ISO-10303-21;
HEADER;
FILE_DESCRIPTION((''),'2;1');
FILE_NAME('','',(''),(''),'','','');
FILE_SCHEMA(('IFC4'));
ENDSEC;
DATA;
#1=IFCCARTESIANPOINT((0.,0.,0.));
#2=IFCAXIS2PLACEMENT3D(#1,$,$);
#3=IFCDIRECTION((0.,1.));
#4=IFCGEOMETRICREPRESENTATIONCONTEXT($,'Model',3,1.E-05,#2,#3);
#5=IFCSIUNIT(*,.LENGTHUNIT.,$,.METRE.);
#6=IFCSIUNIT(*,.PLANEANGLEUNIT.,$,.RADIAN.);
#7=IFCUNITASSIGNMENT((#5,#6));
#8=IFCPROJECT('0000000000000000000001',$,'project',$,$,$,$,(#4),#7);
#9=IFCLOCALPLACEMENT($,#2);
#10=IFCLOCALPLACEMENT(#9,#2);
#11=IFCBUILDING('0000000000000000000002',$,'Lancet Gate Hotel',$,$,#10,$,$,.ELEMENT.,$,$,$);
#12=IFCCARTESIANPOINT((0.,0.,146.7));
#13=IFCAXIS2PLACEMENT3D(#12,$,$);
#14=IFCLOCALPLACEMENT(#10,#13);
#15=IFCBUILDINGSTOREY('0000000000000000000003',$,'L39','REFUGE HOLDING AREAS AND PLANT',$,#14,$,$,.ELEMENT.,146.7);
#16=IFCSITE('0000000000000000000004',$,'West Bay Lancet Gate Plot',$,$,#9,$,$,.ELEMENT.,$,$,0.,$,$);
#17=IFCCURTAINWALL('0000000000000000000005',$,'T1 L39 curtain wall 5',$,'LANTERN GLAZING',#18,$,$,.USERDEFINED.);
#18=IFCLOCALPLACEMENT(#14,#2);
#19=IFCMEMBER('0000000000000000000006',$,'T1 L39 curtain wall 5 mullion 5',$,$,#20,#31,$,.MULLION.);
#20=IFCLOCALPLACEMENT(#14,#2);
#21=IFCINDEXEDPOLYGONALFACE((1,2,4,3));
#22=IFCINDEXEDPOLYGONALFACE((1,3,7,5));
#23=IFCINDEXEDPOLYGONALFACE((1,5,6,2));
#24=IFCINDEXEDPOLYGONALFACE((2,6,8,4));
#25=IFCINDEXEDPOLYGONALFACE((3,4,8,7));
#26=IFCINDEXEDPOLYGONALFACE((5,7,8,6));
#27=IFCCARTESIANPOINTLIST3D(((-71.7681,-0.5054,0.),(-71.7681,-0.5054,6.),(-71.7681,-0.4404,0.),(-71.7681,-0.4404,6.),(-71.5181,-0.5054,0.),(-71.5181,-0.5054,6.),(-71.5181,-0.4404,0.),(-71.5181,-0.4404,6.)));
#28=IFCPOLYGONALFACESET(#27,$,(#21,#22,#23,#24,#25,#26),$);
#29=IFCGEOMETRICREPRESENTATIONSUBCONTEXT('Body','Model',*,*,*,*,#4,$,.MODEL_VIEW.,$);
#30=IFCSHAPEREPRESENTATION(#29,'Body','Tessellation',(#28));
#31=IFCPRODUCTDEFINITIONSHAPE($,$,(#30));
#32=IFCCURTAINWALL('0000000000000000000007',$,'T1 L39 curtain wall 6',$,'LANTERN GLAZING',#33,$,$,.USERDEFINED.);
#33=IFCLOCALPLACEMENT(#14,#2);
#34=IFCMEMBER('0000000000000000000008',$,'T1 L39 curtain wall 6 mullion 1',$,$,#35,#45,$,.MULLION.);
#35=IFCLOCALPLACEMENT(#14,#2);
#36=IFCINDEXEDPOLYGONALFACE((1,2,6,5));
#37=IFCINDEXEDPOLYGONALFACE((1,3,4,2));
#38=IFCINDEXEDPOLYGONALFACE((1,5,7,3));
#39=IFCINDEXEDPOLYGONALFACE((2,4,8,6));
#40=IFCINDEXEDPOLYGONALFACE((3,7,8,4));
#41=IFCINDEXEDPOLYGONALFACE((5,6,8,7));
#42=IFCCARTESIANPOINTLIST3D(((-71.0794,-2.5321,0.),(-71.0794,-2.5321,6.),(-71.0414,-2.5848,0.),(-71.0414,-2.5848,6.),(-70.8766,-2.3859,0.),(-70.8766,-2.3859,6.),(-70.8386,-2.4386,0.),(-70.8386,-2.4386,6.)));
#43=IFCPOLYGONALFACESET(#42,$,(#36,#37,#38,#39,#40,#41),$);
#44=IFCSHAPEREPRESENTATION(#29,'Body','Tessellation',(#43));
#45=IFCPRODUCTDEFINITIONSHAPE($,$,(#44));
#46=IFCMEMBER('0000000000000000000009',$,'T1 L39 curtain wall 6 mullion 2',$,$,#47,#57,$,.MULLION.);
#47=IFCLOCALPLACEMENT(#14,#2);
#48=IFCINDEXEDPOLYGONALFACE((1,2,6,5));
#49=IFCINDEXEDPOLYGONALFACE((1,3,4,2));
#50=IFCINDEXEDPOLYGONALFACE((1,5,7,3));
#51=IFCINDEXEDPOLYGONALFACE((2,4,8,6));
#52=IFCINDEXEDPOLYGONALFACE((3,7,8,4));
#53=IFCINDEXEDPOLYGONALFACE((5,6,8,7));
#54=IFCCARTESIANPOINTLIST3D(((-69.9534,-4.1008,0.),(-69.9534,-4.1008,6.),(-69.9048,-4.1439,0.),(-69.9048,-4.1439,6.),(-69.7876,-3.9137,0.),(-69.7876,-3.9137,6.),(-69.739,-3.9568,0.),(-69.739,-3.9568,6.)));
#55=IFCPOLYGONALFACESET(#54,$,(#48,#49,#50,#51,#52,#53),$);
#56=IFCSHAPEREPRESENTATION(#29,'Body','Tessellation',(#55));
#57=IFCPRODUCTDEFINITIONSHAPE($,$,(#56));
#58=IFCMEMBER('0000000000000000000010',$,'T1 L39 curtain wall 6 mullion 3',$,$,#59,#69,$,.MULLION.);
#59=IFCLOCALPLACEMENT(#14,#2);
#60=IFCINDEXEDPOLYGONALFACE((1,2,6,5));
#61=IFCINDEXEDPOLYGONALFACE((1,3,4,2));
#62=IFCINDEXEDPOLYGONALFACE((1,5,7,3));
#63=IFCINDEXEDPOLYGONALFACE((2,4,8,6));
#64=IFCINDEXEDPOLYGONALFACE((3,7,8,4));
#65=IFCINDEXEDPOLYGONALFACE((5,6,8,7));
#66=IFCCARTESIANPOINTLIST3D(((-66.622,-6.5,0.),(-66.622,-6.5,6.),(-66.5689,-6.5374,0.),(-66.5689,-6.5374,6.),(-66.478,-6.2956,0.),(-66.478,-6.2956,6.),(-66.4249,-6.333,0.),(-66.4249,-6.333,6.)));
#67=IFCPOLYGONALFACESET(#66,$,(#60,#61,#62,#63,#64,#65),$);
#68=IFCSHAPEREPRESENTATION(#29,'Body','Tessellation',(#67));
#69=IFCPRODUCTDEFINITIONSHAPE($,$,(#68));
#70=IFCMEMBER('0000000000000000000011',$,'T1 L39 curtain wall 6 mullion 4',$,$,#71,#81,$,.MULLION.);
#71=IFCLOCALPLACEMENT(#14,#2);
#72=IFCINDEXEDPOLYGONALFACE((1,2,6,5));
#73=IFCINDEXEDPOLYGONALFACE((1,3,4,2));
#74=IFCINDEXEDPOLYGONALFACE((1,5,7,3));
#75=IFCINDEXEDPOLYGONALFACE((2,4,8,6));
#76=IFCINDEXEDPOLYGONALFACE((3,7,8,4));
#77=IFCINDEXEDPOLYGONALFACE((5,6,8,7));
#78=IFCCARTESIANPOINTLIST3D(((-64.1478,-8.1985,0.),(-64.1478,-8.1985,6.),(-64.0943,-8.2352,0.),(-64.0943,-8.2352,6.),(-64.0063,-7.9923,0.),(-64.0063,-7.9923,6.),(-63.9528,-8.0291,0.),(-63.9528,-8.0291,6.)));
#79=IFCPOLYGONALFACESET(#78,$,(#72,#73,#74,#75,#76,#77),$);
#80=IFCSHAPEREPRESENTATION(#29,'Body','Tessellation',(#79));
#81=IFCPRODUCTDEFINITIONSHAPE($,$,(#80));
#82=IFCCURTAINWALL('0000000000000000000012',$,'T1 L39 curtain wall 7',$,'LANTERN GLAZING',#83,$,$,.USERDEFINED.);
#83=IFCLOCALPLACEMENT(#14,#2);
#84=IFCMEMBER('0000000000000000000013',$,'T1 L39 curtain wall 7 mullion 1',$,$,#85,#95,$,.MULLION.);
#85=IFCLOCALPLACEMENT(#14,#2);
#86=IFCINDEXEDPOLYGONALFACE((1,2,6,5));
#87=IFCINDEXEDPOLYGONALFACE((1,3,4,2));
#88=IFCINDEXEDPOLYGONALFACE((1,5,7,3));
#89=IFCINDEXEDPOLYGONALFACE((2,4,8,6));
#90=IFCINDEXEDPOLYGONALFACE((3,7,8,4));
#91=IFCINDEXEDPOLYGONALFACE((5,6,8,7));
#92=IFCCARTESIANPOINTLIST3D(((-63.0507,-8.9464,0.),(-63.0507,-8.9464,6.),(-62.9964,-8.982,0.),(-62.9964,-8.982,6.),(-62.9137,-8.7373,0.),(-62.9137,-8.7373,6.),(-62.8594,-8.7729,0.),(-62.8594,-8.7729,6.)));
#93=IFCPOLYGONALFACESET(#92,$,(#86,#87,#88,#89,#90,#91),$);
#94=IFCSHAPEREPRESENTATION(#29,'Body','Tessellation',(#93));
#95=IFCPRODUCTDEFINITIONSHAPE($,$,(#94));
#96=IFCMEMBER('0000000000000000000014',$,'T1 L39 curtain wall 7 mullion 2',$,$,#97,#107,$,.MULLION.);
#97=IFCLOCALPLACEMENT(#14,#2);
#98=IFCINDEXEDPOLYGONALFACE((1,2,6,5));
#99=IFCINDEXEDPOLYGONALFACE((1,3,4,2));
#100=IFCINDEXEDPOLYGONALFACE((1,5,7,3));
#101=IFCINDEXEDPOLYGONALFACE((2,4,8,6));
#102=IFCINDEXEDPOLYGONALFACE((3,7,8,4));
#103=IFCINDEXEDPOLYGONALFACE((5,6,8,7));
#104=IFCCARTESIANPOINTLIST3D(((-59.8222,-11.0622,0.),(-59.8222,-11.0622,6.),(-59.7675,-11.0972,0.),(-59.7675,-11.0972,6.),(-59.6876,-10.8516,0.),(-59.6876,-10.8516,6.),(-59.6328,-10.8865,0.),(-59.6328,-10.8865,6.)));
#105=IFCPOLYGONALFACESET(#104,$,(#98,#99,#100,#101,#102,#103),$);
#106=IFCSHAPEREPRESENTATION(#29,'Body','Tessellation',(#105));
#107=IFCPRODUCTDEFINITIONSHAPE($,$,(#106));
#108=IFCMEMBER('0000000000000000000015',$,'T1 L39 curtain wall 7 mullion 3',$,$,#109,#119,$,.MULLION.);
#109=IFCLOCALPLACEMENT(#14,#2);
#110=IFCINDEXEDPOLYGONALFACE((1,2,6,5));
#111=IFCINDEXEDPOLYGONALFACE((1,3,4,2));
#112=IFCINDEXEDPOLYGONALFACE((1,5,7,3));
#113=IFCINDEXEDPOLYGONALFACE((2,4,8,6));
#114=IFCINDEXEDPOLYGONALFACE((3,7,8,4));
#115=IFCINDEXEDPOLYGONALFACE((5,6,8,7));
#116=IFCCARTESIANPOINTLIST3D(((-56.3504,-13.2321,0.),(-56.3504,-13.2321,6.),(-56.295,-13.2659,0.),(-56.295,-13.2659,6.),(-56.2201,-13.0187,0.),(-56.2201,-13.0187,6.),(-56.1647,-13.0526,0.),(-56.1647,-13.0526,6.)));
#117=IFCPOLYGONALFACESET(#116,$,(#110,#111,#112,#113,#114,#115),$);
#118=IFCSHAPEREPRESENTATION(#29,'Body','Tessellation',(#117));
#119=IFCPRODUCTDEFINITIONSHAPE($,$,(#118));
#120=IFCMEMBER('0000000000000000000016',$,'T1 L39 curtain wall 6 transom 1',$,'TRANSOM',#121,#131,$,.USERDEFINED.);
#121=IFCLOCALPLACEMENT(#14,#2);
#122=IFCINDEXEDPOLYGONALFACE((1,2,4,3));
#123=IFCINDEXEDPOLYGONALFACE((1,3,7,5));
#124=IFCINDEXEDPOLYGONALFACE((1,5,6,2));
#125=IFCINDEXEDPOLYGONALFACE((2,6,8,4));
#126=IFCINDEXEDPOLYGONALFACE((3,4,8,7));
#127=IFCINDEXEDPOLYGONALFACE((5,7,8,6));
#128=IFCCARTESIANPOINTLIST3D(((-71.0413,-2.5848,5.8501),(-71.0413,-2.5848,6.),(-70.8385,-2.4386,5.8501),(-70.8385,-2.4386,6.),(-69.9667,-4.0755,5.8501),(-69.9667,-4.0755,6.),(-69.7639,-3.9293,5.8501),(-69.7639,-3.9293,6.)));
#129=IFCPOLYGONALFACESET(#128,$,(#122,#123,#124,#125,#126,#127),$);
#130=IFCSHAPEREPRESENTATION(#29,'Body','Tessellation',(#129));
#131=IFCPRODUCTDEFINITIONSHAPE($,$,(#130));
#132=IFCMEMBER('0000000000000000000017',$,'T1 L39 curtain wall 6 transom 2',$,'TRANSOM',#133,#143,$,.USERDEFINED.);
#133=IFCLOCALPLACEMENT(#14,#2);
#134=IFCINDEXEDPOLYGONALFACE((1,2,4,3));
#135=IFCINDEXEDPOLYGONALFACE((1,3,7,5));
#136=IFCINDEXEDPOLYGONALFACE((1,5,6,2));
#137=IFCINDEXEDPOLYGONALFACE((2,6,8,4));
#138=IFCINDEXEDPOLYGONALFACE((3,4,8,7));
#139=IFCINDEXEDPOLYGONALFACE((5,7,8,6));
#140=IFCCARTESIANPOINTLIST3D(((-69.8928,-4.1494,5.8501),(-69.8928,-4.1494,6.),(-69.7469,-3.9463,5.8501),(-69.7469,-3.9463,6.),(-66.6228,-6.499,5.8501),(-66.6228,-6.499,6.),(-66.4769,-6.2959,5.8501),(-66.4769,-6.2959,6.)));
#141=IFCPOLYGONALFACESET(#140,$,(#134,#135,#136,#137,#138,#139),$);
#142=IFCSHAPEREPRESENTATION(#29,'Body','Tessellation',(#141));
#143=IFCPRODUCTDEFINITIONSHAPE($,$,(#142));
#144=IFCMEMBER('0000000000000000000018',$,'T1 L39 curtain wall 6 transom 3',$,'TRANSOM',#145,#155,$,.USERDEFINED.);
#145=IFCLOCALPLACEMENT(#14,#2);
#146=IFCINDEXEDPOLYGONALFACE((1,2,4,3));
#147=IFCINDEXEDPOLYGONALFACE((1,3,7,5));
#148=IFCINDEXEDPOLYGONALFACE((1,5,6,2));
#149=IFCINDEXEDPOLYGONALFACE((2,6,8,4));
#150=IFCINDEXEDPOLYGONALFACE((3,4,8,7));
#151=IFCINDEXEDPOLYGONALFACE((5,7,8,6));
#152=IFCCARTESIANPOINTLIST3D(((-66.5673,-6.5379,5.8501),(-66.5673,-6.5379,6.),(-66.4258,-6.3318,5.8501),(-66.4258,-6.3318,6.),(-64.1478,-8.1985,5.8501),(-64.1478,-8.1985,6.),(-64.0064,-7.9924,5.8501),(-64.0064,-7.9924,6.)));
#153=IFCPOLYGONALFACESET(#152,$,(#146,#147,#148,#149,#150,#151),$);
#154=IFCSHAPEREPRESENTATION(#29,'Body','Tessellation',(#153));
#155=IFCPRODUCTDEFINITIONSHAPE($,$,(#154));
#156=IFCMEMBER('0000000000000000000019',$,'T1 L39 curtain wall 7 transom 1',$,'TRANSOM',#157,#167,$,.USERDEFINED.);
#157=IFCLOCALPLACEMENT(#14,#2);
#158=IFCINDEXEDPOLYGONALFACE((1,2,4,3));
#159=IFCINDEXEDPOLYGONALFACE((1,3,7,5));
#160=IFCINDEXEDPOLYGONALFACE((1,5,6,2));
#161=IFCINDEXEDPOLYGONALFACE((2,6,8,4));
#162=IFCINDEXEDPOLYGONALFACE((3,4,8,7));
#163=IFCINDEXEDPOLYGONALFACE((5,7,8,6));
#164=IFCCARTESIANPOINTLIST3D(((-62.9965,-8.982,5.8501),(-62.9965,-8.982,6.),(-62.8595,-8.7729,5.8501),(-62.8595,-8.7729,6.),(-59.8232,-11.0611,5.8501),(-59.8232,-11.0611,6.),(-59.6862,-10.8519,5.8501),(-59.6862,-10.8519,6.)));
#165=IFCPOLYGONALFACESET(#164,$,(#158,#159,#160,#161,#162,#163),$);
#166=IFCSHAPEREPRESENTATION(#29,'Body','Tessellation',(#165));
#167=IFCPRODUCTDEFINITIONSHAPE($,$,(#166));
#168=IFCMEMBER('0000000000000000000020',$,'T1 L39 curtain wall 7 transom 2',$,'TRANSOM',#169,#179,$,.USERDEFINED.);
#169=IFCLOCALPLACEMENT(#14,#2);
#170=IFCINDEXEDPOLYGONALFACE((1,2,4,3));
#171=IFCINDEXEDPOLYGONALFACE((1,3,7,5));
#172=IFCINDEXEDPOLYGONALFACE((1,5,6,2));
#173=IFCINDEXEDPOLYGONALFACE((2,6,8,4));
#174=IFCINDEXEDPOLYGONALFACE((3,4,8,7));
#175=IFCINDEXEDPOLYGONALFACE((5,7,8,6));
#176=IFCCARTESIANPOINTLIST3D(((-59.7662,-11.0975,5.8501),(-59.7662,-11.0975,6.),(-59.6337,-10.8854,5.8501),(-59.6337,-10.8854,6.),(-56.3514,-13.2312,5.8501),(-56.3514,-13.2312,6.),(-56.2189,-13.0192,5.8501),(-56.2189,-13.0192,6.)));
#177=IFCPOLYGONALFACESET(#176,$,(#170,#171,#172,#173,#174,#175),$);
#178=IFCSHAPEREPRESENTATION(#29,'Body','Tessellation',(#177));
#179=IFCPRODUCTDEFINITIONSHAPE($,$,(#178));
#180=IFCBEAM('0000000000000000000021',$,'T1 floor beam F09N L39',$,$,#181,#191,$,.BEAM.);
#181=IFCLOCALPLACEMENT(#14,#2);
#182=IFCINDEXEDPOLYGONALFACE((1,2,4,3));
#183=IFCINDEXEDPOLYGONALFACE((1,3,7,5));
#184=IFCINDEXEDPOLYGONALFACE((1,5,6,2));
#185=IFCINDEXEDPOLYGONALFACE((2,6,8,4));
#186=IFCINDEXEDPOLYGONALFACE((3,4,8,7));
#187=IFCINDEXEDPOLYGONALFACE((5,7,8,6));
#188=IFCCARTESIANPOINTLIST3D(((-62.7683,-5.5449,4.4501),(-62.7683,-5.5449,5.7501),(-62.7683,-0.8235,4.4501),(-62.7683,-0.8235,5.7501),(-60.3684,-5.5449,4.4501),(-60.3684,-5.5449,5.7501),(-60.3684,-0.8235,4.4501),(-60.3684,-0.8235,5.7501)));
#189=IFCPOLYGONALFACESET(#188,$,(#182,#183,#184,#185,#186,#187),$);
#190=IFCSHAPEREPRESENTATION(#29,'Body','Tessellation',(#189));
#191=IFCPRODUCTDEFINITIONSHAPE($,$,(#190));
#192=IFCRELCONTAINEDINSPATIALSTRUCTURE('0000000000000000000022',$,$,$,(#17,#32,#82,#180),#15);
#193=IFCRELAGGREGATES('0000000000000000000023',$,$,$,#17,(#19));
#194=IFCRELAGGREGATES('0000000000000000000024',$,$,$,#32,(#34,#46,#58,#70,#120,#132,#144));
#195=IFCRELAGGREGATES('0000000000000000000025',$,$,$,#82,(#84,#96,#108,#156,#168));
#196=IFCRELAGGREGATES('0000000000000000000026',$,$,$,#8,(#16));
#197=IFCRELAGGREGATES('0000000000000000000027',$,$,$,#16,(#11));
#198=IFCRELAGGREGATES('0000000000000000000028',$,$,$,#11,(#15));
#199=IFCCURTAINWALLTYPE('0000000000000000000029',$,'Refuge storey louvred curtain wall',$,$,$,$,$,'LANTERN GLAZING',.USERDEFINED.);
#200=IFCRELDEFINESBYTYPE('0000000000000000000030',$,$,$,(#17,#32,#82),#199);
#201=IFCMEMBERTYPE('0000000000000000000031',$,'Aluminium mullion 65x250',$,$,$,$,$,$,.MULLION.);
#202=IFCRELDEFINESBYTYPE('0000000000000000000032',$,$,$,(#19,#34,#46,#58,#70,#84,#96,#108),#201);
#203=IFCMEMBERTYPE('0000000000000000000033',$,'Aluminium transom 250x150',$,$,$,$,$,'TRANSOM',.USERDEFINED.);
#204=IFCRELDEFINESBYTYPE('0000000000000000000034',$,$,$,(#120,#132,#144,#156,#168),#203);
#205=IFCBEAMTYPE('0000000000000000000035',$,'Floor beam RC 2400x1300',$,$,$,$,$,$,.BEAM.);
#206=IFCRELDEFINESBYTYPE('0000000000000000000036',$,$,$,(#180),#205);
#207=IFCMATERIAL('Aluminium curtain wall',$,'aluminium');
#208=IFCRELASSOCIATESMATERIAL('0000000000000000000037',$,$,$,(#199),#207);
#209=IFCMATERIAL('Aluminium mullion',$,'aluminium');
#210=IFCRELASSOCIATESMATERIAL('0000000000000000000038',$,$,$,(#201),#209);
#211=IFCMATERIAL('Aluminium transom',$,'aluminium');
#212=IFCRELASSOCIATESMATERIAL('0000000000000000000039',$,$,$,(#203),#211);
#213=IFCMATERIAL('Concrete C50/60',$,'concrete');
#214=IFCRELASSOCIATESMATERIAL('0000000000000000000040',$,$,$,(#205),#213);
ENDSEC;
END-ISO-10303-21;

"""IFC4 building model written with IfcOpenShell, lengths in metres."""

from ifc_helpers import new_model, si_unit, direction, frame, origin, origin_2d, place, context, subcontext, project, spatial, rectangle, extrude, material, material_profile, profile_set, type_object, element, aggregate, save


model = new_model("IFC4")

# Units and contexts
model_context = context("Model", 3, precision=1e-05, world=origin(), true_north=direction((0.0, 1.0)))
body_context = subcontext(model_context, "Body", "Model", "MODEL_VIEW")
ifc_project = project(units=[si_unit("LENGTHUNIT", "METRE"), si_unit("PLANEANGLEUNIT", "RADIAN")], contexts=[model_context])

# Site, building, storey
site_placement = place(None, origin())
site = spatial("IfcSite", under=ifc_project, at=site_placement, Name="West Bay Lancet Gate Plot", CompositionType="ELEMENT", RefElevation=0.0)
building_placement = place(site_placement, origin())
building = spatial("IfcBuilding", under=site, at=building_placement, Name="Lancet Gate Hotel", CompositionType="ELEMENT")
storey_placement = place(building_placement, frame((0.0, 0.0, 146.7)))
storey = spatial("IfcBuildingStorey", under=building, at=storey_placement, Name="L39", Description="REFUGE HOLDING AREAS AND PLANT", CompositionType="ELEMENT", Elevation=146.7)

# Curtain wall, member
ifc_material_1 = material(Name="Aluminium curtain wall", Category="aluminium")
curtain_wall_type = type_object("IfcCurtainWallType", Name="Refuge storey louvred curtain wall", ElementType="LANTERN GLAZING", PredefinedType="USERDEFINED", material=ifc_material_1)
curtain_wall_1_placement = place(storey_placement, origin())
curtain_wall_1 = element("IfcCurtainWall", 1, at=curtain_wall_1_placement, inside=storey, type_object=curtain_wall_type, Name="T1 L39 curtain wall 5", ObjectType="LANTERN GLAZING", PredefinedType="USERDEFINED")
ifc_material_2 = material(Name="Aluminium mullion", Category="aluminium")
ifc_material_profile_1 = material_profile(ifc_material_2, rectangle(XDim=0.0649, YDim=0.25, at=origin_2d()), Name="MULLION 65x250")
ifc_profile_set_1 = profile_set([ifc_material_profile_1], Name="Aluminium mullion")
member_type_1 = type_object("IfcMemberType", Name="Aluminium mullion 65x250", PredefinedType="MULLION", material=ifc_profile_set_1)
member_1_placement = place(storey_placement, frame((-71.6431, -0.4729, 0.0), z_axis=(0.0, 0.0, 1.0), x_axis=(0.0, -1.0, 0.0)))
member_1 = element("IfcMember", 2, at=member_1_placement, type_object=member_type_1, Name="T1 L39 curtain wall 5 mullion 5", PredefinedType="MULLION", context=body_context, shape_type="SweptSolid", body=[
    extrude(rectangle(XDim=0.0649, YDim=0.25, at=origin_2d()), origin(), (0.0, 0.0, 1.0), 6.0),
])
aggregate(curtain_wall_1, [member_1])

# Curtain walls, members
curtain_wall_2_placement = place(storey_placement, origin())
curtain_wall_2 = element("IfcCurtainWall", 3, at=curtain_wall_2_placement, inside=storey, type_object=curtain_wall_type, Name="T1 L39 curtain wall 6", ObjectType="LANTERN GLAZING", PredefinedType="USERDEFINED")
member_2_placement = place(storey_placement, frame((-70.959, -2.4854, 0.0), z_axis=(0.0, 0.0, 1.0), x_axis=(0.584809, -0.811171, 0.0)))
member_2 = element("IfcMember", 4, at=member_2_placement, type_object=member_type_1, Name="T1 L39 curtain wall 6 mullion 1", PredefinedType="MULLION", context=body_context, shape_type="SweptSolid", body=[
    extrude(rectangle(XDim=0.0649, YDim=0.25, at=origin_2d()), origin(), (0.0, 0.0, 1.0), 6.0),
])
member_3_placement = place(storey_placement, frame((-69.8462, -4.0288, 0.0), z_axis=(0.0, 0.0, 1.0), x_axis=(0.748383, -0.663266, 0.0)))
member_3 = element("IfcMember", 5, at=member_3_placement, type_object=member_type_1, Name="T1 L39 curtain wall 6 mullion 2", PredefinedType="MULLION", context=body_context, shape_type="SweptSolid", body=[
    extrude(rectangle(XDim=0.0649, YDim=0.25, at=origin_2d()), origin(), (0.0, 0.0, 1.0), 6.0),
])
member_4_placement = place(storey_placement, frame((-66.5234, -6.4165, 0.0), z_axis=(0.0, 0.0, 1.0), x_axis=(0.817373, -0.576109, 0.0)))
member_4 = element("IfcMember", 6, at=member_4_placement, type_object=member_type_1, Name="T1 L39 curtain wall 6 mullion 3", PredefinedType="MULLION", context=body_context, shape_type="SweptSolid", body=[
    extrude(rectangle(XDim=0.0649, YDim=0.25, at=origin_2d()), origin(), (0.0, 0.0, 1.0), 6.0),
])
member_5_placement = place(storey_placement, frame((-64.0503, -8.1138, 0.0), z_axis=(0.0, 0.0, 1.0), x_axis=(0.824466, -0.565911, 0.0)))
member_5 = element("IfcMember", 7, at=member_5_placement, type_object=member_type_1, Name="T1 L39 curtain wall 6 mullion 4", PredefinedType="MULLION", context=body_context, shape_type="SweptSolid", body=[
    extrude(rectangle(XDim=0.0649, YDim=0.25, at=origin_2d()), origin(), (0.0, 0.0, 1.0), 6.0),
])
curtain_wall_3_placement = place(storey_placement, origin())
curtain_wall_3 = element("IfcCurtainWall", 8, at=curtain_wall_3_placement, inside=storey, type_object=curtain_wall_type, Name="T1 L39 curtain wall 7", ObjectType="LANTERN GLAZING", PredefinedType="USERDEFINED")
member_6_placement = place(storey_placement, frame((-62.9551, -8.8596, 0.0), z_axis=(0.0, 0.0, 1.0), x_axis=(0.836458, -0.548032, 0.0)))
member_6 = element("IfcMember", 9, at=member_6_placement, type_object=member_type_1, Name="T1 L39 curtain wall 7 mullion 1", PredefinedType="MULLION", context=body_context, shape_type="SweptSolid", body=[
    extrude(rectangle(XDim=0.0649, YDim=0.25, at=origin_2d()), origin(), (0.0, 0.0, 1.0), 6.0),
])
member_7_placement = place(storey_placement, frame((-59.7275, -10.9744, 0.0), z_axis=(0.0, 0.0, 1.0), x_axis=(0.842478, -0.538731, 0.0)))
member_7 = element("IfcMember", 10, at=member_7_placement, type_object=member_type_1, Name="T1 L39 curtain wall 7 mullion 2", PredefinedType="MULLION", context=body_context, shape_type="SweptSolid", body=[
    extrude(rectangle(XDim=0.0649, YDim=0.25, at=origin_2d()), origin(), (0.0, 0.0, 1.0), 6.0),
])
member_8_placement = place(storey_placement, frame((-56.2576, -13.1423, 0.0), z_axis=(0.0, 0.0, 1.0), x_axis=(0.853492, -0.521106, 0.0)))
member_8 = element("IfcMember", 11, at=member_8_placement, type_object=member_type_1, Name="T1 L39 curtain wall 7 mullion 3", PredefinedType="MULLION", context=body_context, shape_type="SweptSolid", body=[
    extrude(rectangle(XDim=0.0649, YDim=0.25, at=origin_2d()), origin(), (0.0, 0.0, 1.0), 6.0),
])

# Members
ifc_material_3 = material(Name="Aluminium transom", Category="aluminium")
ifc_material_profile_2 = material_profile(ifc_material_3, rectangle(XDim=0.25, YDim=0.1499, at=origin_2d()), Name="TRANSOM 250x150")
ifc_profile_set_2 = profile_set([ifc_material_profile_2], Name="Aluminium transom")
member_type_2 = type_object("IfcMemberType", Name="Aluminium transom 250x150", ElementType="TRANSOM", PredefinedType="USERDEFINED", material=ifc_profile_set_2)
member_9_placement = place(storey_placement, frame((-70.9399, -2.5117, 5.925), z_axis=(0.584802, -0.811176, 0.0), x_axis=(0.811176, 0.584802, 0.0)))
member_9 = element("IfcMember", 12, at=member_9_placement, type_object=member_type_2, Name="T1 L39 curtain wall 6 transom 1", ObjectType="TRANSOM", PredefinedType="USERDEFINED", context=body_context, shape_type="SweptSolid", body=[
    extrude(rectangle(XDim=0.25, YDim=0.1499, at=origin_2d()), origin(), (0.0, 0.0, 1.0), 1.8376),
])
member_10_placement = place(storey_placement, frame((-69.8198, -4.0479, 5.925), z_axis=(0.8121, -0.583519, 0.0), x_axis=(0.583519, 0.8121, 0.0)))
member_10 = element("IfcMember", 13, at=member_10_placement, type_object=member_type_2, Name="T1 L39 curtain wall 6 transom 2", ObjectType="TRANSOM", PredefinedType="USERDEFINED", context=body_context, shape_type="SweptSolid", body=[
    extrude(rectangle(XDim=0.25, YDim=0.1499, at=origin_2d()), origin(), (0.0, 0.0, 1.0), 4.0266),
])
member_11_placement = place(storey_placement, frame((-66.4966, -6.4348, 5.925), z_axis=(0.824474, -0.5659, 0.0), x_axis=(0.5659, 0.824474, 0.0)))
member_11 = element("IfcMember", 14, at=member_11_placement, type_object=member_type_2, Name="T1 L39 curtain wall 6 transom 3", ObjectType="TRANSOM", PredefinedType="USERDEFINED", context=body_context, shape_type="SweptSolid", body=[
    extrude(rectangle(XDim=0.25, YDim=0.1499, at=origin_2d()), origin(), (0.0, 0.0, 1.0), 2.9346),
])
member_12_placement = place(storey_placement, frame((-62.928, -8.8774, 5.925), z_axis=(0.836459, -0.548029, 0.0), x_axis=(0.548029, 0.836459, 0.0)))
member_12 = element("IfcMember", 15, at=member_12_placement, type_object=member_type_2, Name="T1 L39 curtain wall 7 transom 1", ObjectType="TRANSOM", PredefinedType="USERDEFINED", context=body_context, shape_type="SweptSolid", body=[
    extrude(rectangle(XDim=0.25, YDim=0.1499, at=origin_2d()), origin(), (0.0, 0.0, 1.0), 3.7937),
])
member_13_placement = place(storey_placement, frame((-59.7, -10.9915, 5.925), z_axis=(0.848049, -0.529917, 0.0), x_axis=(0.529917, 0.848049, 0.0)))
member_13 = element("IfcMember", 16, at=member_13_placement, type_object=member_type_2, Name="T1 L39 curtain wall 7 transom 2", ObjectType="TRANSOM", PredefinedType="USERDEFINED", context=body_context, shape_type="SweptSolid", body=[
    extrude(rectangle(XDim=0.25, YDim=0.1499, at=origin_2d()), origin(), (0.0, 0.0, 1.0), 4.0266),
])

# Beam
ifc_material_4 = material(Name="Concrete C50/60", Category="concrete")
ifc_material_profile_3 = material_profile(ifc_material_4, rectangle(XDim=2.3999, YDim=1.3, at=origin_2d()), Name="RC 2400x1300")
ifc_profile_set_3 = profile_set([ifc_material_profile_3], Name="Concrete C50/60")
beam_type_1 = type_object("IfcBeamType", Name="Floor beam RC 2400x1300", PredefinedType="BEAM", material=ifc_profile_set_3)
beam_1_placement = place(storey_placement, frame((-61.5684, -0.8235, 5.1001), z_axis=(0.0, -1.0, 0.0), x_axis=(1.0, 0.0, 0.0)))
element("IfcBeam", 17, at=beam_1_placement, inside=storey, type_object=beam_type_1, Name="T1 floor beam F09N L39", PredefinedType="BEAM", context=body_context, shape_type="SweptSolid", body=[
    extrude(rectangle(XDim=2.3999, YDim=1.3, at=origin_2d()), origin(), (0.0, 0.0, 1.0), 4.7214),
])

aggregate(curtain_wall_2, [member_2, member_3, member_4, member_5, member_9, member_10, member_11])
aggregate(curtain_wall_3, [member_6, member_7, member_8, member_12, member_13])

save(model, "model.ifc")
